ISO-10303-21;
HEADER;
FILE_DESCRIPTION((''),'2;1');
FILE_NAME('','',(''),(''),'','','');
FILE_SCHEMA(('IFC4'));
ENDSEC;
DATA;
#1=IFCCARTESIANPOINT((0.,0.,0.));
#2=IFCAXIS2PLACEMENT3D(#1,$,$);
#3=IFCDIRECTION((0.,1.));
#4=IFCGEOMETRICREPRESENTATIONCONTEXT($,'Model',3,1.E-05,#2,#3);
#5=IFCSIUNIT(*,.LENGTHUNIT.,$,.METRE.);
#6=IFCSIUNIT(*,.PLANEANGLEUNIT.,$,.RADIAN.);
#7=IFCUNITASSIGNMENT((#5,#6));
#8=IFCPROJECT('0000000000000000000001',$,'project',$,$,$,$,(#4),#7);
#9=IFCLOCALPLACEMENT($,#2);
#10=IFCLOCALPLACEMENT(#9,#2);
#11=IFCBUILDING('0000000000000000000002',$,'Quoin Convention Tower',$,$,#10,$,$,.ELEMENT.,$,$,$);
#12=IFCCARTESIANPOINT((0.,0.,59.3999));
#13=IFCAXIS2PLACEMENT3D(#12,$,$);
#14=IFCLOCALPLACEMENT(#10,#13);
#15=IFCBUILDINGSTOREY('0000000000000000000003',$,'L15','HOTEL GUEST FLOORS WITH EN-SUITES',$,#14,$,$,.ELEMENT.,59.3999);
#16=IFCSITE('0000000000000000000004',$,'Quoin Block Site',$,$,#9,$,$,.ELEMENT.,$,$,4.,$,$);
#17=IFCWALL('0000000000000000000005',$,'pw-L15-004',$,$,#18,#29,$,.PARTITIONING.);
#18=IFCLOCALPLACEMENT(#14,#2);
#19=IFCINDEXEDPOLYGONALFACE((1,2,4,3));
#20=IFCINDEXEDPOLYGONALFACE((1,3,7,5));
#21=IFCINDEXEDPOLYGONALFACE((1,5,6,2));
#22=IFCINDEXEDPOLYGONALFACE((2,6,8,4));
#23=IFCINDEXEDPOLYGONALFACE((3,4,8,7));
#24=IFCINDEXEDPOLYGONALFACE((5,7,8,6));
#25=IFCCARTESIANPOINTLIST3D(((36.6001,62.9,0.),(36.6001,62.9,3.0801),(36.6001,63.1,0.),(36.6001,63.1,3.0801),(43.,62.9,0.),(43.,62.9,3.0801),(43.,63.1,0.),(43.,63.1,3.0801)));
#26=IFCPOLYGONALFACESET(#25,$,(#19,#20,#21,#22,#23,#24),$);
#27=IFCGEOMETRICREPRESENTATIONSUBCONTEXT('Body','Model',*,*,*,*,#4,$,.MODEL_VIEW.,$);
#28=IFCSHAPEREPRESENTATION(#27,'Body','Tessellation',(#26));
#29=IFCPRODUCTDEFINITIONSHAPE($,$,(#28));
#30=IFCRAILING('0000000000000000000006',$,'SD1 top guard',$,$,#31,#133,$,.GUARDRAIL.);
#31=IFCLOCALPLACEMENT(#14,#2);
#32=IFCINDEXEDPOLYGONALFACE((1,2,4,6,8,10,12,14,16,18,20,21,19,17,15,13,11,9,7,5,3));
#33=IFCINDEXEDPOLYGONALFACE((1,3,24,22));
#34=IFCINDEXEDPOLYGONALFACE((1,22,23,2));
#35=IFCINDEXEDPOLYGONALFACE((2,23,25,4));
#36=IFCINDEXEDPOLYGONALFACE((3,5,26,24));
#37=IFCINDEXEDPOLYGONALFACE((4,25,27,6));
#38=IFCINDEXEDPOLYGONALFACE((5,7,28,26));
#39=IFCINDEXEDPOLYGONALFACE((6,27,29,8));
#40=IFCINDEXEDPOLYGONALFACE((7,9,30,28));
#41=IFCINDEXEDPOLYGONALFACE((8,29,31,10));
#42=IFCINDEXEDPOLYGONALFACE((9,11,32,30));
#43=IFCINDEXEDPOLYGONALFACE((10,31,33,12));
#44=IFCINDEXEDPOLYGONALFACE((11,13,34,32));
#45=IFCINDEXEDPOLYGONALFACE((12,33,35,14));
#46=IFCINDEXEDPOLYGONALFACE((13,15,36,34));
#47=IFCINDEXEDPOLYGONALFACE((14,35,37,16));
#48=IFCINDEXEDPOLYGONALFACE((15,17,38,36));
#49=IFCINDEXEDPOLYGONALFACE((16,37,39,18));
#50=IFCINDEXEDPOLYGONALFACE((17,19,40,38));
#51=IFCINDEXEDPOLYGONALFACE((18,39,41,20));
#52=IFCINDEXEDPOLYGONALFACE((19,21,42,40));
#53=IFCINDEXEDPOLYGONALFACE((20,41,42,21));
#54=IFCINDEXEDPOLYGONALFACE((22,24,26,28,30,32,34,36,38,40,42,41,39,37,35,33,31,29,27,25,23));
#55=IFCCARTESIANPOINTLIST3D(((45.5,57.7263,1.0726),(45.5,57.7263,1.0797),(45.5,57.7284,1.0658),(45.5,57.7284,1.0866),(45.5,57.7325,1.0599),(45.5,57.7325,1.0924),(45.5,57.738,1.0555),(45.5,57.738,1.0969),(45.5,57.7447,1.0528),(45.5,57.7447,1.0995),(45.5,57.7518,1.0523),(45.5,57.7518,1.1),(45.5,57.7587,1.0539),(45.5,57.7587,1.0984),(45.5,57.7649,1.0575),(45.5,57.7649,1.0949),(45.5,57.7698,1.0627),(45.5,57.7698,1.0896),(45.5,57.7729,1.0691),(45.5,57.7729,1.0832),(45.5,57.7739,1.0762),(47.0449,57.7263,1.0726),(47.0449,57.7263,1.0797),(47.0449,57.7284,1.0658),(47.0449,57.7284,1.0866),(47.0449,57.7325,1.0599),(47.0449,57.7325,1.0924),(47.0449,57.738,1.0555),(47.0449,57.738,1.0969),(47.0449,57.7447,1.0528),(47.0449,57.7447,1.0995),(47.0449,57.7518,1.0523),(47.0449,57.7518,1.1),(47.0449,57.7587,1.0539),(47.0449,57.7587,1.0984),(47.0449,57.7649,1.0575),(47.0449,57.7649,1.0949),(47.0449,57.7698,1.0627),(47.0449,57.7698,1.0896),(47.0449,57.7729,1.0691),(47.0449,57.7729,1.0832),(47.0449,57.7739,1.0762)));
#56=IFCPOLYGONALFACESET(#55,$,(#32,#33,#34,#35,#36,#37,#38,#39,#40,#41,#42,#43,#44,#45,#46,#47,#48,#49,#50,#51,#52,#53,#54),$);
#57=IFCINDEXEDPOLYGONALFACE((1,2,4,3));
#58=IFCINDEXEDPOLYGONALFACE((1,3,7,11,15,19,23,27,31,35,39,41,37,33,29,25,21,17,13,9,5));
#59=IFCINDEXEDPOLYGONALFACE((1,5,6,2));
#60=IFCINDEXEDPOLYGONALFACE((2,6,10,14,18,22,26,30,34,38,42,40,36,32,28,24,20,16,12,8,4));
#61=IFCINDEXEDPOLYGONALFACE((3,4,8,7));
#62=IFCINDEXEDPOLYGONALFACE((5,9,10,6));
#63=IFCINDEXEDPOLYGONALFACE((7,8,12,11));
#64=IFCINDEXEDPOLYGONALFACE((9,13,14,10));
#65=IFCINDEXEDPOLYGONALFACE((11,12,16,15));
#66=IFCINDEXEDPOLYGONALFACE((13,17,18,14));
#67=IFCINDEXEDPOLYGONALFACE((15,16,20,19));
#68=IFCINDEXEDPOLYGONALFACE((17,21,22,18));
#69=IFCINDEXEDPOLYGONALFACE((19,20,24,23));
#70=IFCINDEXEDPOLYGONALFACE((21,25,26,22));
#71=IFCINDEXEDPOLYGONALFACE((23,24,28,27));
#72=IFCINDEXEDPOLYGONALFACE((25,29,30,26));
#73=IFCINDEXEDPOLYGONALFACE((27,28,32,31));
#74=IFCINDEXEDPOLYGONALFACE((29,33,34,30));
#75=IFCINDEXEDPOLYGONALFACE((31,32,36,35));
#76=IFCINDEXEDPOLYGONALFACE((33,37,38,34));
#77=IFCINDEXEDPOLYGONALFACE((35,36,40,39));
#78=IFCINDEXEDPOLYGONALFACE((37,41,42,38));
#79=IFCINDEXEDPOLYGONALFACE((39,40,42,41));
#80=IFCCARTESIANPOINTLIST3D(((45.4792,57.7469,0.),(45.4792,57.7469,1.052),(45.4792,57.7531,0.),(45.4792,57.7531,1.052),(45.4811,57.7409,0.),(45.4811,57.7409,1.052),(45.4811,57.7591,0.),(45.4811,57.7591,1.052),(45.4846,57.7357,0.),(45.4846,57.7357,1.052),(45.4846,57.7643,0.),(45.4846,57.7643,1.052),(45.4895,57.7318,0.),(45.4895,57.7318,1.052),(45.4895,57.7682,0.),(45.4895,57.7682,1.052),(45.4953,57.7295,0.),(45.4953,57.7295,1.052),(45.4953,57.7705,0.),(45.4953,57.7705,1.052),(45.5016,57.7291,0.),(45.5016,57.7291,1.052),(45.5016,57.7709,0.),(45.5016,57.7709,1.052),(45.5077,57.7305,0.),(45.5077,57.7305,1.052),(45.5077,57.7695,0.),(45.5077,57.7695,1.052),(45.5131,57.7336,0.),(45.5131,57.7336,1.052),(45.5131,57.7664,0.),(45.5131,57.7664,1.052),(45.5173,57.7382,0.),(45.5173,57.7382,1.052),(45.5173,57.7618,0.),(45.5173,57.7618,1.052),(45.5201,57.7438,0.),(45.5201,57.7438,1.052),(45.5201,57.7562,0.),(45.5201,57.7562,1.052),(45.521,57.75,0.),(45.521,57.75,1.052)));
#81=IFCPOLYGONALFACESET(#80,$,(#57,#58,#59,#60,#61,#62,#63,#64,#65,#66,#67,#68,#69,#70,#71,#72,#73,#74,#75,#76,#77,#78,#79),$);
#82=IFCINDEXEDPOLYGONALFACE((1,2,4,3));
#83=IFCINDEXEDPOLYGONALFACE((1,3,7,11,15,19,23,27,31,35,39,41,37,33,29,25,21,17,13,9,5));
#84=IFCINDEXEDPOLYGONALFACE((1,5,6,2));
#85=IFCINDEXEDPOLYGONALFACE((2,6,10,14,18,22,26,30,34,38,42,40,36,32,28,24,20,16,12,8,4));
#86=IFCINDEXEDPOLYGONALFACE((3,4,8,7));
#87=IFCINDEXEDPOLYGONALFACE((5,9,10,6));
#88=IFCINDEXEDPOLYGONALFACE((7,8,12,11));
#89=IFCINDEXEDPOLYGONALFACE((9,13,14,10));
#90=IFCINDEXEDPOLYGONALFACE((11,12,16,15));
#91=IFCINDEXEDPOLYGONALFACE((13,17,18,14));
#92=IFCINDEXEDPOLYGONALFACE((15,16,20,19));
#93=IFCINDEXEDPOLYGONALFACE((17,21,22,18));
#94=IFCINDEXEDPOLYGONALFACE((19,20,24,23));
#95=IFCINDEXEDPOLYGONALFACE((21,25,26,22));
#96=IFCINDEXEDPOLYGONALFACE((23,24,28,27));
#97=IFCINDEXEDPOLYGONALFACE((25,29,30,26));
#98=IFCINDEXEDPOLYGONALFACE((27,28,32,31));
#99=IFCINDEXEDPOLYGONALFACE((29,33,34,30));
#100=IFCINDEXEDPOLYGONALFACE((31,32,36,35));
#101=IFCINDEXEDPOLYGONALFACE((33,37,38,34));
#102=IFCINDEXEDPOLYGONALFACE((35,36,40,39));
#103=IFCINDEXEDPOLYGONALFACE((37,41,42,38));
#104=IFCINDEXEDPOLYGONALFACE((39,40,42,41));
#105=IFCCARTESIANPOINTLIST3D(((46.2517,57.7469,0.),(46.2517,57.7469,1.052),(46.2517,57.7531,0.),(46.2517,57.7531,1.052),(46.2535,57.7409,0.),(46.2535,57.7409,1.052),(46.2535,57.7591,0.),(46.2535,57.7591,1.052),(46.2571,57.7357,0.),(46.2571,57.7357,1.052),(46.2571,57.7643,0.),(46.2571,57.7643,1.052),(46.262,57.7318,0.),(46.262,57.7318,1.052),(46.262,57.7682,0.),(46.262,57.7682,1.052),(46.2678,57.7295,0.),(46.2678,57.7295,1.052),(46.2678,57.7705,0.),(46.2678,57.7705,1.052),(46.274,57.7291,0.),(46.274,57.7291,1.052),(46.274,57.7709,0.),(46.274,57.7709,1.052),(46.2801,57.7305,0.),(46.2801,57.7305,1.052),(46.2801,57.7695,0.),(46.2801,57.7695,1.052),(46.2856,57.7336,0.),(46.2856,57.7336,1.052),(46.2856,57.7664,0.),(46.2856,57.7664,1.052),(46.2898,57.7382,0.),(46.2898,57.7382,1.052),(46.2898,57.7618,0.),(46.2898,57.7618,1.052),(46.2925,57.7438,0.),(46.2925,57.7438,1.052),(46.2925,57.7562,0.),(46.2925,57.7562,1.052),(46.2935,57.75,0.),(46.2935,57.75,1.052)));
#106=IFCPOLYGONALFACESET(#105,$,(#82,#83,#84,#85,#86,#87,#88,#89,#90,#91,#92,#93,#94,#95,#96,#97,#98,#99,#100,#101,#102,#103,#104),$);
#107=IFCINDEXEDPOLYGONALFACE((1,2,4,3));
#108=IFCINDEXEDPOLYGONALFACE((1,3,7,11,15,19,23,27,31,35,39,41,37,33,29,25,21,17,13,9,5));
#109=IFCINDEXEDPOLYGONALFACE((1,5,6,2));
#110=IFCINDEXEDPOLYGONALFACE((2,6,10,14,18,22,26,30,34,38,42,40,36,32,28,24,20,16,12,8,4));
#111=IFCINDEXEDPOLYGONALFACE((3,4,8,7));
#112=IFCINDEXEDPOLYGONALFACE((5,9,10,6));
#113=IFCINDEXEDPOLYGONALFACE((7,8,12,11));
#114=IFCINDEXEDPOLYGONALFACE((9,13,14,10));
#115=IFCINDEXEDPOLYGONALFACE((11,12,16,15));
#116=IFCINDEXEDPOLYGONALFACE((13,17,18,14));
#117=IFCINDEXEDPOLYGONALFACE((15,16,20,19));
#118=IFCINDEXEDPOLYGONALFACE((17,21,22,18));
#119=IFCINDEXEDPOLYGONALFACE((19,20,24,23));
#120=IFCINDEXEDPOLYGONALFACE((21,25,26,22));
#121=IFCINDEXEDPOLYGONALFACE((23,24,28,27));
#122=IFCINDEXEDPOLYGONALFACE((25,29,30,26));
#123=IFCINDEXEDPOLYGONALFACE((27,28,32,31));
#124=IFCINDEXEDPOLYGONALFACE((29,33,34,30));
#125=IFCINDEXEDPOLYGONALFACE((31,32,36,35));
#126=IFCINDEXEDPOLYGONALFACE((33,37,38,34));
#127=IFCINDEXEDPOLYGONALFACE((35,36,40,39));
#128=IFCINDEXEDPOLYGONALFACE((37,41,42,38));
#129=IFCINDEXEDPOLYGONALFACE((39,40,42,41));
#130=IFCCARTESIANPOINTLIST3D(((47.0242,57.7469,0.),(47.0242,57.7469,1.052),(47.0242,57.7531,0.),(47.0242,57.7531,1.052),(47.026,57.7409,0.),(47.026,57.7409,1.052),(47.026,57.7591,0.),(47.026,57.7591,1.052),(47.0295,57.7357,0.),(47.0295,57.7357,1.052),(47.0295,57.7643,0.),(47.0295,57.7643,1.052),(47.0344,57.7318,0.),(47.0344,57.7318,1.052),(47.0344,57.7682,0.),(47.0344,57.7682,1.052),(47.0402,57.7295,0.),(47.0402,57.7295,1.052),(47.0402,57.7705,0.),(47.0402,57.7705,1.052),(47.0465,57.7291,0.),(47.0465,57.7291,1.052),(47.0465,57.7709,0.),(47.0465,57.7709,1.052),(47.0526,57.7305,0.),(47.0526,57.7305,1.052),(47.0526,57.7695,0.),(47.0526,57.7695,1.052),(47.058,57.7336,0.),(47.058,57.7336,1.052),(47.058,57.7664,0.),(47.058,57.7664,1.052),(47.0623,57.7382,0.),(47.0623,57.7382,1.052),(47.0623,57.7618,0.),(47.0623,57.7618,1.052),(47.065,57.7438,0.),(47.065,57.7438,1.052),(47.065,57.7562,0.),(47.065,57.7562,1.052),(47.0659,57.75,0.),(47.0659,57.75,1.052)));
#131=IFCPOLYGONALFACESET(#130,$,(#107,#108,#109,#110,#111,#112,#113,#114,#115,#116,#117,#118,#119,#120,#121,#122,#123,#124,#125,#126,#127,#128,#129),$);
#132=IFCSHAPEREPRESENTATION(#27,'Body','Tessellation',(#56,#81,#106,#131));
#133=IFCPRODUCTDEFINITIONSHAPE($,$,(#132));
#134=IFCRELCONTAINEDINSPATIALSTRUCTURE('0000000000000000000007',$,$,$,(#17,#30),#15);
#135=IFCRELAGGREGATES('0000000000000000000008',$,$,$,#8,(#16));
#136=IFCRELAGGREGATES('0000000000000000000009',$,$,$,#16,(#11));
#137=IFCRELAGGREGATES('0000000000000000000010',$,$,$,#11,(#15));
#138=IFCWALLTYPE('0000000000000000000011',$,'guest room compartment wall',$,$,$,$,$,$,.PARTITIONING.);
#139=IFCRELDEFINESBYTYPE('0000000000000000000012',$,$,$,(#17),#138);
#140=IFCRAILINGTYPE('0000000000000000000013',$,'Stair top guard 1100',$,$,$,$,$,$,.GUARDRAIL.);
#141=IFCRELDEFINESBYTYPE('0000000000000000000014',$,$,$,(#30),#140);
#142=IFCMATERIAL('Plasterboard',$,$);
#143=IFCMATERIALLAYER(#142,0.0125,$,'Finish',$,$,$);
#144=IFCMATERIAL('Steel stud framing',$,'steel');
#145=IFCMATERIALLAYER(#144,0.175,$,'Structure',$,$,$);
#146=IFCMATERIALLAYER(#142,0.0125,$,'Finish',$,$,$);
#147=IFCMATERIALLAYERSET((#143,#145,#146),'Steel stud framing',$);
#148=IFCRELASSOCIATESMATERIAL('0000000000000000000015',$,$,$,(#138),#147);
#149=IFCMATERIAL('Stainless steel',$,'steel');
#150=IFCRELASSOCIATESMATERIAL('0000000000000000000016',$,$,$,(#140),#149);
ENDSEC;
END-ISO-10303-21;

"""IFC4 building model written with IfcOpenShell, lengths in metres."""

from ifc_helpers import new_model, si_unit, direction, frame, frame_2d, origin, origin_2d, place, context, subcontext, project, spatial, rectangle, circle, extrude, material, layer, layer_set, type_object, element, save


model = new_model("IFC4")

# Units and contexts
model_context = context("Model", 3, precision=1e-05, world=origin(), true_north=direction((0.0, 1.0)))
body_context = subcontext(model_context, "Body", "Model", "MODEL_VIEW")
ifc_project = project(units=[si_unit("LENGTHUNIT", "METRE"), si_unit("PLANEANGLEUNIT", "RADIAN")], contexts=[model_context])

# Site, building, storey
site_placement = place(None, origin())
site = spatial("IfcSite", under=ifc_project, at=site_placement, Name="Quoin Block Site", CompositionType="ELEMENT", RefElevation=4.0)
building_placement = place(site_placement, origin())
building = spatial("IfcBuilding", under=site, at=building_placement, Name="Quoin Convention Tower", CompositionType="ELEMENT")
storey_placement = place(building_placement, frame((0.0, 0.0, 59.3999)))
storey = spatial("IfcBuildingStorey", under=building, at=storey_placement, Name="L15", Description="HOTEL GUEST FLOORS WITH EN-SUITES", CompositionType="ELEMENT", Elevation=59.3999)

# Shared definitions
ifc_material_1 = material(Name="Plasterboard")
ifc_material_2 = material(Name="Steel stud framing", Category="steel")

# Wall
ifc_layer_1 = layer(ifc_material_1, 0.0125, Name="Finish")
ifc_layer_2 = layer(ifc_material_2, 0.175, Name="Structure")
ifc_layer_3 = layer(ifc_material_1, 0.0125, Name="Finish")
ifc_layer_set_1 = layer_set([ifc_layer_1, ifc_layer_2, ifc_layer_3], Name="Steel stud framing")
wall_type_1 = type_object("IfcWallType", Name="guest room compartment wall", PredefinedType="PARTITIONING", material=ifc_layer_set_1)
wall_1_placement = place(storey_placement, frame((36.6001, 63.0, 0.0), z_axis=(0.0, 0.0, 1.0), x_axis=(1.0, 0.0, 0.0)))
element("IfcWall", 1, at=wall_1_placement, inside=storey, type_object=wall_type_1, Name="pw-L15-004", PredefinedType="PARTITIONING", context=body_context, shape_type="SweptSolid", body=[
    extrude(rectangle(XDim=6.3999, YDim=0.2, at=frame_2d((3.2, 0.0))), origin(), (0.0, 0.0, 1.0), 3.0801),
])

# Railing
ifc_material_3 = material(Name="Stainless steel", Category="steel")
railing_type = type_object("IfcRailingType", Name="Stair top guard 1100", PredefinedType="GUARDRAIL", material=ifc_material_3)
railing_placement = place(storey_placement, frame((45.5, 57.75, 0.0)))
element("IfcRailing", 2, at=railing_placement, inside=storey, type_object=railing_type, Name="SD1 top guard", PredefinedType="GUARDRAIL", context=body_context, shape_type="SweptSolid", body=[
    extrude(circle(Radius=0.0239, at=origin_2d()), frame((0.0, 0.0, 1.0762), z_axis=(1.0, 0.0, 0.0), x_axis=(0.0, 1.0, 0.0)), (0.0, 0.0, 1.0), 1.5449),
    extrude(circle(Radius=0.021, at=origin_2d()), origin(), (0.0, 0.0, 1.0), 1.052),
    extrude(circle(Radius=0.021, at=origin_2d()), frame((0.7725, 0.0, 0.0)), (0.0, 0.0, 1.0), 1.052),
    extrude(circle(Radius=0.021, at=origin_2d()), frame((1.5449, 0.0, 0.0)), (0.0, 0.0, 1.0), 1.052),
])

save(model, "model.ifc")
